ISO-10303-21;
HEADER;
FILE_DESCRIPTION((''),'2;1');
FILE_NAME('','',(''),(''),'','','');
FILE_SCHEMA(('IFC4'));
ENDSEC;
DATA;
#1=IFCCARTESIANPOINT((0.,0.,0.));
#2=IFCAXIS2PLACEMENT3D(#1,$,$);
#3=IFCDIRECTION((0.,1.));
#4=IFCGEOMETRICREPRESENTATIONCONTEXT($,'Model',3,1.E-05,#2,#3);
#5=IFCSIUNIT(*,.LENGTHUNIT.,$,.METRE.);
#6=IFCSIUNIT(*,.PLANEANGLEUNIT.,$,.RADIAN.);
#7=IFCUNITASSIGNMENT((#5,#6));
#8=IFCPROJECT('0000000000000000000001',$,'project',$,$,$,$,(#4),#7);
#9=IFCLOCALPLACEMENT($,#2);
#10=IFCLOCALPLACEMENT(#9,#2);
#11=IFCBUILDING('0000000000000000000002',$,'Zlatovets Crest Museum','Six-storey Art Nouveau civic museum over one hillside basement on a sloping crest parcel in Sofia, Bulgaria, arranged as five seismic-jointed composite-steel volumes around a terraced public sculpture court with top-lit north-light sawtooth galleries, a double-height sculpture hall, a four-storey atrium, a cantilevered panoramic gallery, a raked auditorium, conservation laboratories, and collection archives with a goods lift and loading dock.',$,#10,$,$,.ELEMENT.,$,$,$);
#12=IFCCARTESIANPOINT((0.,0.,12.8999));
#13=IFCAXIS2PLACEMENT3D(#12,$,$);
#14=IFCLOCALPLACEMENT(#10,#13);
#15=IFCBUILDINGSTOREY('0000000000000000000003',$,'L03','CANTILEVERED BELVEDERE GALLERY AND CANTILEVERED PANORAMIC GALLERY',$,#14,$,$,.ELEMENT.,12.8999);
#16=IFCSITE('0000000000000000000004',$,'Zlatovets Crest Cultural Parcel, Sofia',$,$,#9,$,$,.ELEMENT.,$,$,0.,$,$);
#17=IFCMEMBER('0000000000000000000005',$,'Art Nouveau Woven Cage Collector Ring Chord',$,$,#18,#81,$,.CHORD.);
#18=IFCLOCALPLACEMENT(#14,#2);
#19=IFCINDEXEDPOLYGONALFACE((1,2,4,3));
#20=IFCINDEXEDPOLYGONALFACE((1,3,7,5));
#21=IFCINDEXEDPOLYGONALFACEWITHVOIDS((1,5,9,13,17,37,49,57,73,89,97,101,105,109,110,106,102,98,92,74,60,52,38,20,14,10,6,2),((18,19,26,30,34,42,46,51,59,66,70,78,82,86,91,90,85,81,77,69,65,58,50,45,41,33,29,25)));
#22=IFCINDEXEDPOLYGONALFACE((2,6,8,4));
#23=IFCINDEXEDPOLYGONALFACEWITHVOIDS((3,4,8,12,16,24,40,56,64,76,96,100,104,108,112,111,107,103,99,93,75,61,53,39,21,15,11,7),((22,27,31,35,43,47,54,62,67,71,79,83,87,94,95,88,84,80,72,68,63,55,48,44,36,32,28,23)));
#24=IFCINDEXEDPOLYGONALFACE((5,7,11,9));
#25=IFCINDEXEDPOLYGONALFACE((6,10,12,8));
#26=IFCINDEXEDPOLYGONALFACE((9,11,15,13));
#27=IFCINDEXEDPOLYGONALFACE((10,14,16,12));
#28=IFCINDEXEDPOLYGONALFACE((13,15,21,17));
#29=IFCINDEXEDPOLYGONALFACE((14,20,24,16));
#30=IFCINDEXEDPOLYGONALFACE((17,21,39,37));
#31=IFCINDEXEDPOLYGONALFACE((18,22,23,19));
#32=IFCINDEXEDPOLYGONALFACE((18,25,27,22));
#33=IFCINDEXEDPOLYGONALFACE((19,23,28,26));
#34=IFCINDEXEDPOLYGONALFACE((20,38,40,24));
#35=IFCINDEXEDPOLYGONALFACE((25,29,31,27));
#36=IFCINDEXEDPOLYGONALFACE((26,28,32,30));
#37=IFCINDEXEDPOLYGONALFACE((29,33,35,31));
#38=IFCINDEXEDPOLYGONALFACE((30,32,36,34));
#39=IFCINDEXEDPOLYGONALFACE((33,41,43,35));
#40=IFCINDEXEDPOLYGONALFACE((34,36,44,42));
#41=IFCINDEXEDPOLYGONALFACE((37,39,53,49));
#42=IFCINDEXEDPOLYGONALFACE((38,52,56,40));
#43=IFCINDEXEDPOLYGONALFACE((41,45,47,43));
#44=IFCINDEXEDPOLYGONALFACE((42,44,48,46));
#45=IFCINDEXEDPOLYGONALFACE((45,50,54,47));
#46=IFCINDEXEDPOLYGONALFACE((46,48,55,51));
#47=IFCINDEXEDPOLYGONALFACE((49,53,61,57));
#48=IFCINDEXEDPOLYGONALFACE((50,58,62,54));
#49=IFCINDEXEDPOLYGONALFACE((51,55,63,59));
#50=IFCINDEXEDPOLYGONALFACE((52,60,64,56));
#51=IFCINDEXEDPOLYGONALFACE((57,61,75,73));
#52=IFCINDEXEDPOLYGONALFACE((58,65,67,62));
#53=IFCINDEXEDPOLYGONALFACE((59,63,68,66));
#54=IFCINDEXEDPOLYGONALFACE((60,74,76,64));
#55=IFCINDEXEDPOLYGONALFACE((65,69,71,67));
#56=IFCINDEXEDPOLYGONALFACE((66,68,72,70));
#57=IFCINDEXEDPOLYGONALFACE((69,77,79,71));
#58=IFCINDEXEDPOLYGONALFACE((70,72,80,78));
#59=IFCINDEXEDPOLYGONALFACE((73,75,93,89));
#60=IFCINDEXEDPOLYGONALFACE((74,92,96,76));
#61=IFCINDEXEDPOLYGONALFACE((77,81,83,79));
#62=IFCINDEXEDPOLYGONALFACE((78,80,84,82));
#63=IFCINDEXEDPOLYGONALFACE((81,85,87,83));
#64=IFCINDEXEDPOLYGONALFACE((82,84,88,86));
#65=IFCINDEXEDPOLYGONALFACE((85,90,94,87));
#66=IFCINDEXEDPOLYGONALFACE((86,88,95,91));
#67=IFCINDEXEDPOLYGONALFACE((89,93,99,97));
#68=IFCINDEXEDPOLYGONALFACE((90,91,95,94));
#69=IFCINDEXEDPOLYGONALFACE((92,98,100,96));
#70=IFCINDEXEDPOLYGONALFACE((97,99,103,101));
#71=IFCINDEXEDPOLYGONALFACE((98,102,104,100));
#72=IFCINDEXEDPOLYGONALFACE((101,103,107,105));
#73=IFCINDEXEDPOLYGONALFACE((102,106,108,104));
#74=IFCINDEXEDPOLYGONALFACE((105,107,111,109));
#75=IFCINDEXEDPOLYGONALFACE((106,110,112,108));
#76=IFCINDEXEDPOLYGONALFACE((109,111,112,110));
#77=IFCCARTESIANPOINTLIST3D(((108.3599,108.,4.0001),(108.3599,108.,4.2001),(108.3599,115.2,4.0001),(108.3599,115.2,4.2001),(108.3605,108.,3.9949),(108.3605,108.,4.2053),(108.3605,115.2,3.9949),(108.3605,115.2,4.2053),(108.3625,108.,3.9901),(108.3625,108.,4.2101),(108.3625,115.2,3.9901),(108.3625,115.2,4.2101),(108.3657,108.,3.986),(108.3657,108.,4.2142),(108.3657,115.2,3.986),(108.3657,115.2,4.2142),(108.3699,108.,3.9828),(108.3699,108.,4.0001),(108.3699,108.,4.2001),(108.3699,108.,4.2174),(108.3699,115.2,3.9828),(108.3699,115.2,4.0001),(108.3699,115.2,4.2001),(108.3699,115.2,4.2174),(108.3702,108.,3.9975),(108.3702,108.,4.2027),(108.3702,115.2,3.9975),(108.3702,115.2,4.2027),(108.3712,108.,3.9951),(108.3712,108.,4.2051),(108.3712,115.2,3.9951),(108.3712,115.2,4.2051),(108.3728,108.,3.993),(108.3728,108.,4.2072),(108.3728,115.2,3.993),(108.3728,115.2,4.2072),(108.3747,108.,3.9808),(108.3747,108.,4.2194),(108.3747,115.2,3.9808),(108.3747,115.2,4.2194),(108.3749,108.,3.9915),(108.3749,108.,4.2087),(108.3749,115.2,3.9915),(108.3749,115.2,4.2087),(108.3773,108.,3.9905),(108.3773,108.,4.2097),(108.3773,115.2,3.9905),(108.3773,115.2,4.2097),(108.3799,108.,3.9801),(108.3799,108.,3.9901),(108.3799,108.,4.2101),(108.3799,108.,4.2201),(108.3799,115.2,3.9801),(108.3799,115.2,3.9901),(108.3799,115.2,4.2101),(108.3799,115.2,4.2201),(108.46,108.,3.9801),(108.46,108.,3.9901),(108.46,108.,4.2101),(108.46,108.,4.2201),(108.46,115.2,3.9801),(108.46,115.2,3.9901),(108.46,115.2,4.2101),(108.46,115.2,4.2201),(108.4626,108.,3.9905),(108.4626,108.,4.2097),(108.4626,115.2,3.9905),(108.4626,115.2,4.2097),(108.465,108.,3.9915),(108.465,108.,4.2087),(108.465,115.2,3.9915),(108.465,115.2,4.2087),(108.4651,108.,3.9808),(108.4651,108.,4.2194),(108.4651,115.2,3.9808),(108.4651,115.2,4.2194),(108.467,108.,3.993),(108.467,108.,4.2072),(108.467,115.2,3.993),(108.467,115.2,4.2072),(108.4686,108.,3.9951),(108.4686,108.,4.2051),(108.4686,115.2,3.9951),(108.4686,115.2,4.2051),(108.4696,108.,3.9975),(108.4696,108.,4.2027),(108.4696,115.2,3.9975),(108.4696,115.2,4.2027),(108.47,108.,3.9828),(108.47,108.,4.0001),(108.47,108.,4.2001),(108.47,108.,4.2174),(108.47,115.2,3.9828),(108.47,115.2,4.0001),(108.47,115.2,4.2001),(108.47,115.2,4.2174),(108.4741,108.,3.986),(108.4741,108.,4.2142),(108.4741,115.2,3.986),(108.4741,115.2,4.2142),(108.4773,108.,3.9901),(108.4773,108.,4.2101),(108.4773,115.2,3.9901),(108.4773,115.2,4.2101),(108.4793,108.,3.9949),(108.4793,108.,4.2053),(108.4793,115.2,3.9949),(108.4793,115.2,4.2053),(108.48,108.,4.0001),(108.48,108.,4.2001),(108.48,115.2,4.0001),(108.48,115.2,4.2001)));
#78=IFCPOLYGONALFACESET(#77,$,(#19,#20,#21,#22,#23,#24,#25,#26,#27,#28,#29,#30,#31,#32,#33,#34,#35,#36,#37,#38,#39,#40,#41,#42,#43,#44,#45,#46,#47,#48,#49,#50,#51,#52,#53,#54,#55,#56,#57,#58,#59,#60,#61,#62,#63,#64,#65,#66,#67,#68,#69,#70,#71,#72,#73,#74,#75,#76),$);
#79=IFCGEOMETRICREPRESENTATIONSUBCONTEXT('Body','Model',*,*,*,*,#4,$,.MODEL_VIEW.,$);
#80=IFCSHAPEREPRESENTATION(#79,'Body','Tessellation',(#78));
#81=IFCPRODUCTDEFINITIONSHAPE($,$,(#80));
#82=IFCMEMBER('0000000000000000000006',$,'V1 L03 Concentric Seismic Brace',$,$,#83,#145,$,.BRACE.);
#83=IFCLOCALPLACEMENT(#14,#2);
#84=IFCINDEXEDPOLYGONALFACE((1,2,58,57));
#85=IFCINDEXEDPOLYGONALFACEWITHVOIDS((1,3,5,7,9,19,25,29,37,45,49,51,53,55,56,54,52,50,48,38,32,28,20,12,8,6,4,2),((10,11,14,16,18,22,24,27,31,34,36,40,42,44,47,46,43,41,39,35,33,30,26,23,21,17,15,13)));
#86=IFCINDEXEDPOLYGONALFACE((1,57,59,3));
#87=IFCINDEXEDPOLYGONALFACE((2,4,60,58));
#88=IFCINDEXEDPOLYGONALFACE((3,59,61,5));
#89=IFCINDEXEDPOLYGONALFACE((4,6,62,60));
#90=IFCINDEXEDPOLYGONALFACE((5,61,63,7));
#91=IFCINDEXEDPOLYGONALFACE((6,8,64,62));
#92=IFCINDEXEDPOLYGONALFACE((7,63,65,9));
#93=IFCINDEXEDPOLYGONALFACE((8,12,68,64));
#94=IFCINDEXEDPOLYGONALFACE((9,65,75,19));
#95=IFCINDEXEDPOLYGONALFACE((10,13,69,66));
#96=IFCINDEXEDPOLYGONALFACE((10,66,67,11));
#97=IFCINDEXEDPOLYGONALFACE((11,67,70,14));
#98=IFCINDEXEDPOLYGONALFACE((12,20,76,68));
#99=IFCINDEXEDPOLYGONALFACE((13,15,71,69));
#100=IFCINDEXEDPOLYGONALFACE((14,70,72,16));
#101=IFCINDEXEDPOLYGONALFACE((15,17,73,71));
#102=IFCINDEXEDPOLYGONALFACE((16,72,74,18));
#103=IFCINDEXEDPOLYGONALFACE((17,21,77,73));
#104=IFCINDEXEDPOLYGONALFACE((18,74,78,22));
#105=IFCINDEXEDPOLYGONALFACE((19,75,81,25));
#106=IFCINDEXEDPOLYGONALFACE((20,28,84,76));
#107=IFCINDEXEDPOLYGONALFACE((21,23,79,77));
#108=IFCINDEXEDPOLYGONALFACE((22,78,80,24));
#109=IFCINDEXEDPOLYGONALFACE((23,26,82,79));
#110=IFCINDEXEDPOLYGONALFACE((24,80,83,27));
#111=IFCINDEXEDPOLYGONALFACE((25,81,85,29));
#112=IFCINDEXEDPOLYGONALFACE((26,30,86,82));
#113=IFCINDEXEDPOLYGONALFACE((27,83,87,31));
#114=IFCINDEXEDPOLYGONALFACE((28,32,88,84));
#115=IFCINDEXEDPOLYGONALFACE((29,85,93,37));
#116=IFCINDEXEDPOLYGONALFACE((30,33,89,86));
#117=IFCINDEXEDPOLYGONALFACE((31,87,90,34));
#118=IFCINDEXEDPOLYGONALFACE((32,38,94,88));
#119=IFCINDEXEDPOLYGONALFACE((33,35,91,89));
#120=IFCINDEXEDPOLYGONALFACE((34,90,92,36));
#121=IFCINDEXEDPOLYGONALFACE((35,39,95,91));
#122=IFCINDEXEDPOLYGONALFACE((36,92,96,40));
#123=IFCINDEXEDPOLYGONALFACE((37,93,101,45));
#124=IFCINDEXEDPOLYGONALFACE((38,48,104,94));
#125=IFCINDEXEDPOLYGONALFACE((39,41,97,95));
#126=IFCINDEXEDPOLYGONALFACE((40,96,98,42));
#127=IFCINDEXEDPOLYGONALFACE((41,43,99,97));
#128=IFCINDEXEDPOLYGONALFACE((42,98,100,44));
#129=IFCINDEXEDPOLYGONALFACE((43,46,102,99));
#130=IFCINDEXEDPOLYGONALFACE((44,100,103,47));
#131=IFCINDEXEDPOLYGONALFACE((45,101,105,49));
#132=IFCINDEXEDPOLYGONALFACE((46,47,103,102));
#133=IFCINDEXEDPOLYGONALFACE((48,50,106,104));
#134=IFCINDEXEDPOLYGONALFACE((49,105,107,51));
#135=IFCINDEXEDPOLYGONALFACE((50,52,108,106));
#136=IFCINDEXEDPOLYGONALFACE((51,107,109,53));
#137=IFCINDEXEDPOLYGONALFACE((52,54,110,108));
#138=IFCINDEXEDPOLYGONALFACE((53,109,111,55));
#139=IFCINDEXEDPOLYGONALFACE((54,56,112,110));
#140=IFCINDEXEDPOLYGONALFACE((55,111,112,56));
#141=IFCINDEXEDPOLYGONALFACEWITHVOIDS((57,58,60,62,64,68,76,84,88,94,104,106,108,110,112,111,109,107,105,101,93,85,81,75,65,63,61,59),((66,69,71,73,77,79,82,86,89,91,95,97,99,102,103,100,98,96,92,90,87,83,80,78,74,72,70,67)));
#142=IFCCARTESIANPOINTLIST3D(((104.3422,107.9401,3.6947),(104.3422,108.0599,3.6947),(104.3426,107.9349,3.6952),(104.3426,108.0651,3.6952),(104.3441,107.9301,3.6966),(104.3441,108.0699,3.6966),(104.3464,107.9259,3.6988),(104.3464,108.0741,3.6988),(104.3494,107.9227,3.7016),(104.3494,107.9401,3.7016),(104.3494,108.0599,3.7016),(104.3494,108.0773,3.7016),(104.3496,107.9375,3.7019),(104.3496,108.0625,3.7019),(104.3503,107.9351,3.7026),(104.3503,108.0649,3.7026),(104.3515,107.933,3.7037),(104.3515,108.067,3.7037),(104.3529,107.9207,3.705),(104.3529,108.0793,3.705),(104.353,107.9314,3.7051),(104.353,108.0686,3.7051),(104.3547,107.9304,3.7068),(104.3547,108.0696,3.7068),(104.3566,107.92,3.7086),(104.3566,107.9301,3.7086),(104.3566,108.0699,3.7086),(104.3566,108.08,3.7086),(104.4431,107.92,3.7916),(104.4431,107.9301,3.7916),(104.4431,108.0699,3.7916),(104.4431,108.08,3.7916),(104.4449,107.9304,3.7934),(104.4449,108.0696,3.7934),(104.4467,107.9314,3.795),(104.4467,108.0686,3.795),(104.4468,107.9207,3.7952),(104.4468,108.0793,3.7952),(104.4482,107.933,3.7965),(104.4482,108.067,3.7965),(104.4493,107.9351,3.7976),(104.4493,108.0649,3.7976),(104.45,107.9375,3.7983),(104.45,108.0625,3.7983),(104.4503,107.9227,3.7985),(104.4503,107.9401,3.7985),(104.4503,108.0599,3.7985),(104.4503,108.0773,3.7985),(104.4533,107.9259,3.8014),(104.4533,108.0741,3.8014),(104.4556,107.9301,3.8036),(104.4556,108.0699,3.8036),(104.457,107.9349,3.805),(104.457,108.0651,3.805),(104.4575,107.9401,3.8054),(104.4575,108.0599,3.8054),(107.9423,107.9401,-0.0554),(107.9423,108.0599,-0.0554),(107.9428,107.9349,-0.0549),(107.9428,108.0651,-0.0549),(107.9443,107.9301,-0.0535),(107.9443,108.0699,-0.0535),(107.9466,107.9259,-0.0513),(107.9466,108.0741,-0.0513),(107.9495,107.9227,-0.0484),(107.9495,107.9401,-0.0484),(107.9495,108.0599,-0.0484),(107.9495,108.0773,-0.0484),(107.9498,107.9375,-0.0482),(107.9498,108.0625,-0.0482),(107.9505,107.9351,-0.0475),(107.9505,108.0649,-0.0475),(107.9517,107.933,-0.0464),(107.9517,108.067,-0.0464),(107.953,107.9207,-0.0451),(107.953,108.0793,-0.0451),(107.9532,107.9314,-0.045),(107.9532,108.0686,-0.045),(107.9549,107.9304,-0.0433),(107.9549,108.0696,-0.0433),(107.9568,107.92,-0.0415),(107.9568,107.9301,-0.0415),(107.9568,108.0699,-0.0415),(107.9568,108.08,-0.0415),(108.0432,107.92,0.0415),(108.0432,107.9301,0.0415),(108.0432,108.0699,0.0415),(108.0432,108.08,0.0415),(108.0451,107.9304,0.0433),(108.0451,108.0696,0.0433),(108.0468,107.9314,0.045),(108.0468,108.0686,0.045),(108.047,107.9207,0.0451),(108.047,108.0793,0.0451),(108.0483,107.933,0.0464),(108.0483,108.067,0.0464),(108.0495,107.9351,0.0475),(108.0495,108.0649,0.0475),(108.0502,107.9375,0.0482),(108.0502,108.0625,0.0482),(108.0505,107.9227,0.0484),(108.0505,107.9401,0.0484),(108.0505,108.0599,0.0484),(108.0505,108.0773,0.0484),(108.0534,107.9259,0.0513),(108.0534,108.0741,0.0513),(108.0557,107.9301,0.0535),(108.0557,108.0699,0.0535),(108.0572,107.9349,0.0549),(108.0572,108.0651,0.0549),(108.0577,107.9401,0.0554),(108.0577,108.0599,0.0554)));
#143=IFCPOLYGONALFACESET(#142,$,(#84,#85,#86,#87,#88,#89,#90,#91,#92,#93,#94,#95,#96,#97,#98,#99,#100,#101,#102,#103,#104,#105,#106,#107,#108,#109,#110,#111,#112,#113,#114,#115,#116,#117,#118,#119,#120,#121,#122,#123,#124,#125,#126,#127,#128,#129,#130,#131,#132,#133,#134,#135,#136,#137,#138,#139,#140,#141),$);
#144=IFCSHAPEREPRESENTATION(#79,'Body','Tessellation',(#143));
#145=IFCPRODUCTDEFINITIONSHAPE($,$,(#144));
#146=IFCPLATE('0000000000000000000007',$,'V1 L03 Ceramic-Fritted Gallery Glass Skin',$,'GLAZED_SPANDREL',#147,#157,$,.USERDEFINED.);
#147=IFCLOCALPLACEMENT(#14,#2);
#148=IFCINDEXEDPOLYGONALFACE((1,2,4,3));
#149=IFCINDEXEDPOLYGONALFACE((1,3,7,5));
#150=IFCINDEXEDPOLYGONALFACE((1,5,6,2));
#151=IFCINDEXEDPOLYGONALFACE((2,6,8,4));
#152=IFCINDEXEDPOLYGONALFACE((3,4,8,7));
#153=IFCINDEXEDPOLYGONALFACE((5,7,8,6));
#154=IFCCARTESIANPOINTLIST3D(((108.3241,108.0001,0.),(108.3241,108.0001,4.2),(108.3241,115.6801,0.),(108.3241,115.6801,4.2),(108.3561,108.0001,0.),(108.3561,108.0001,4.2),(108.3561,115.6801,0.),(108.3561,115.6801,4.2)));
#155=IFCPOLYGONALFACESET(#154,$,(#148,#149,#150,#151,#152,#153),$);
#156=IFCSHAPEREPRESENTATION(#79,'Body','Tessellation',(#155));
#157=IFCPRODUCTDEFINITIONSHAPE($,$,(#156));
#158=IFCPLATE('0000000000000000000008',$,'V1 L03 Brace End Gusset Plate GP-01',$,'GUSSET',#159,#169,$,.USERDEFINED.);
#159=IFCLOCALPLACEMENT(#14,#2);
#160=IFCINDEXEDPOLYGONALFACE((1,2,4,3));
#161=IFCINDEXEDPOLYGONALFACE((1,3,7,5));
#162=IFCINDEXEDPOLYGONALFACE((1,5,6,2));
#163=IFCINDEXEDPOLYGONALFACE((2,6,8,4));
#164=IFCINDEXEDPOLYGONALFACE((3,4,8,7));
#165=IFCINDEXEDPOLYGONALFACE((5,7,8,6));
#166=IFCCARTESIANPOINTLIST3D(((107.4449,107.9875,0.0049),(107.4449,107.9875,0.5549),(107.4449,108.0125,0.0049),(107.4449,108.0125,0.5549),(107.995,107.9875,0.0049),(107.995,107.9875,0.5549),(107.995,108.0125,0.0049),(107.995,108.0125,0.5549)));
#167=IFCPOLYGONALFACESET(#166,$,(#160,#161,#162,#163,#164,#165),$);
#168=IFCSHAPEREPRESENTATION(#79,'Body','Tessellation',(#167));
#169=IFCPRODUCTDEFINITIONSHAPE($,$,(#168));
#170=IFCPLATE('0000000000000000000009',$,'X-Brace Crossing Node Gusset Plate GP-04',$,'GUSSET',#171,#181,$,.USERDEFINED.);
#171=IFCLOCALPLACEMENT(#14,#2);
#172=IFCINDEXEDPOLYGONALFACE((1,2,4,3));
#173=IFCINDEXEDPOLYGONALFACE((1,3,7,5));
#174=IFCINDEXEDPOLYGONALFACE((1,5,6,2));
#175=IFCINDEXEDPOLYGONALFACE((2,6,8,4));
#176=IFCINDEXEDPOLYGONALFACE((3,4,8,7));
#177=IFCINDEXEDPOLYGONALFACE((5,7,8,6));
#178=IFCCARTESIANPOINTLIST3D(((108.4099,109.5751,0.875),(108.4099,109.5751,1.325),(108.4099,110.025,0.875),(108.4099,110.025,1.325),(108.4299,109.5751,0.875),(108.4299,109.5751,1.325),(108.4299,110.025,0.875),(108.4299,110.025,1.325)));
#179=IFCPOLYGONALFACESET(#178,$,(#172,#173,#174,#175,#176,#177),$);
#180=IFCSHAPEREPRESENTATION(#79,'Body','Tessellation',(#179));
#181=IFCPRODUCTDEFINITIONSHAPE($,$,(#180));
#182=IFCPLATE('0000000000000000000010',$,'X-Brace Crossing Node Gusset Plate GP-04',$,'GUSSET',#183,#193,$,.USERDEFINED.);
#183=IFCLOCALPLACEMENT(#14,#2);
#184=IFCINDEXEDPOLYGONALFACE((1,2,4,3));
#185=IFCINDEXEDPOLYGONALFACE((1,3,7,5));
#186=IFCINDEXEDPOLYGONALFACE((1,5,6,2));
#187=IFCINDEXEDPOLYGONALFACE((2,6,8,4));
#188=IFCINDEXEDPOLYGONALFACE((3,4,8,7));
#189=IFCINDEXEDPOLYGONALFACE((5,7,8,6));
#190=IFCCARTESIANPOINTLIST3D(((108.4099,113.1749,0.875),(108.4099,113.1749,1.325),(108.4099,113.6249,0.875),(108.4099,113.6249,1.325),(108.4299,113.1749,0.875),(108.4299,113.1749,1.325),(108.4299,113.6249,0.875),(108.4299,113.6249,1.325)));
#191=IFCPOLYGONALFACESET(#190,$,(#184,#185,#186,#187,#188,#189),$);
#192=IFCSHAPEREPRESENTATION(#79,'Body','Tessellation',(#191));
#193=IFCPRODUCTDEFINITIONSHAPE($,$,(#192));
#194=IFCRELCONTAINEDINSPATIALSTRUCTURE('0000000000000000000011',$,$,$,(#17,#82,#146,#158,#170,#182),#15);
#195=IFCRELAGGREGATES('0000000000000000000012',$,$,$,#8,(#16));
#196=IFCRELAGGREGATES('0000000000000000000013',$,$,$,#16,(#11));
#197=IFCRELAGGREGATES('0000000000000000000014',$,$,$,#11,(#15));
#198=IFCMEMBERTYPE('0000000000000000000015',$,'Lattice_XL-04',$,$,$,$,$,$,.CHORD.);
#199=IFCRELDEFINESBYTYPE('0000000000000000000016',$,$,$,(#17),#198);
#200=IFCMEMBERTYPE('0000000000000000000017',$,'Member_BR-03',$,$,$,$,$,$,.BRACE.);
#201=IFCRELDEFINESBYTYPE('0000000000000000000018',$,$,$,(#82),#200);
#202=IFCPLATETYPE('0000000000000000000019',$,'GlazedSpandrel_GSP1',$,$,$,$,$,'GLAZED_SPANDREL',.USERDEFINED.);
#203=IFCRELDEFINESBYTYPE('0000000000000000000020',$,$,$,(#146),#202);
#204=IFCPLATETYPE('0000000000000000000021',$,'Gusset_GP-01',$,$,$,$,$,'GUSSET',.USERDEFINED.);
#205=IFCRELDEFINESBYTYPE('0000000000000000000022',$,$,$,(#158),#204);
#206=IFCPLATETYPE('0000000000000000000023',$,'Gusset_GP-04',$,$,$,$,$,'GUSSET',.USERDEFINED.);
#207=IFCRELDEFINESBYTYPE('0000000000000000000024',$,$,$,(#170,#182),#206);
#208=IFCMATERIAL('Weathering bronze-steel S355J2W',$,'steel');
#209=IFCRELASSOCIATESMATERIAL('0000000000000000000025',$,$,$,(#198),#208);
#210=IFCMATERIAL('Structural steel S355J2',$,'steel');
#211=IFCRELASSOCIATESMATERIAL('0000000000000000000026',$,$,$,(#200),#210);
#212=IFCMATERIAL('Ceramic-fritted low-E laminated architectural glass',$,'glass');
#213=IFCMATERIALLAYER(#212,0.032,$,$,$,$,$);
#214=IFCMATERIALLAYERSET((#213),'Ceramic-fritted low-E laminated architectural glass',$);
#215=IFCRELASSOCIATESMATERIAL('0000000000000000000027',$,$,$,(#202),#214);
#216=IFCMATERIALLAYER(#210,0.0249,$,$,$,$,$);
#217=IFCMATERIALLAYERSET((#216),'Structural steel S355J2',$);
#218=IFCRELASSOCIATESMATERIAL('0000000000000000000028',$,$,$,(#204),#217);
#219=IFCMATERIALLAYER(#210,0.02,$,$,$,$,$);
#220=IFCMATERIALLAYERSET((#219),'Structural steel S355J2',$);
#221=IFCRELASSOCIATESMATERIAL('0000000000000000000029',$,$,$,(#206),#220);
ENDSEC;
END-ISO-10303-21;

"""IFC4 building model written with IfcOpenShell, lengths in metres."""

from ifc_helpers import new_model, si_unit, direction, frame, origin, origin_2d, place, context, subcontext, project, spatial, rectangle, hollow_rectangle, extrude, material, layer, layer_set, material_profile, profile_set, type_object, element, save


model = new_model("IFC4")

# Units and contexts
model_context = context("Model", 3, precision=1e-05, world=origin(), true_north=direction((0.0, 1.0)))
body_context = subcontext(model_context, "Body", "Model", "MODEL_VIEW")
ifc_project = project(units=[si_unit("LENGTHUNIT", "METRE"), si_unit("PLANEANGLEUNIT", "RADIAN")], contexts=[model_context])

# Site, building, storey
site_placement = place(None, origin())
site = spatial("IfcSite", under=ifc_project, at=site_placement, Name="Zlatovets Crest Cultural Parcel, Sofia", CompositionType="ELEMENT", RefElevation=0.0)
building_placement = place(site_placement, origin())
building = spatial("IfcBuilding", under=site, at=building_placement, Name="Zlatovets Crest Museum", Description="Six-storey Art Nouveau civic museum over one hillside basement on a sloping crest parcel in Sofia, Bulgaria, arranged as five seismic-jointed composite-steel volumes around a terraced public sculpture court with top-lit north-light sawtooth galleries, a double-height sculpture hall, a four-storey atrium, a cantilevered panoramic gallery, a raked auditorium, conservation laboratories, and collection archives with a goods lift and loading dock.", CompositionType="ELEMENT")
storey_placement = place(building_placement, frame((0.0, 0.0, 12.8999)))
storey = spatial("IfcBuildingStorey", under=building, at=storey_placement, Name="L03", Description="CANTILEVERED BELVEDERE GALLERY AND CANTILEVERED PANORAMIC GALLERY", CompositionType="ELEMENT", Elevation=12.8999)

# Shared definitions
ifc_material_1 = material(Name="Structural steel S355J2", Category="steel")

# Members
ifc_material_2 = material(Name="Weathering bronze-steel S355J2W", Category="steel")
ifc_material_profile_1 = material_profile(ifc_material_2, hollow_rectangle(XDim=0.1201, YDim=0.24, WallThickness=0.01, InnerFilletRadius=0.01, OuterFilletRadius=0.02, at=origin_2d()), Name="RHS 120x240x10.0")
ifc_profile_set_1 = profile_set([ifc_material_profile_1], Name="Weathering bronze-steel S355J2W")
member_type_1 = type_object("IfcMemberType", Name="Lattice_XL-04", PredefinedType="CHORD", material=ifc_profile_set_1)
member_1_placement = place(storey_placement, frame((108.4199, 108.0, 4.1001), z_axis=(0.0, 1.0, 0.0), x_axis=(-1.0, 0.0, 0.0)))
element("IfcMember", 1, at=member_1_placement, inside=storey, type_object=member_type_1, Name="Art Nouveau Woven Cage Collector Ring Chord", PredefinedType="CHORD", context=body_context, shape_type="SweptSolid", body=[
    extrude(hollow_rectangle(XDim=0.1201, YDim=0.24, WallThickness=0.01, InnerFilletRadius=0.01, OuterFilletRadius=0.02, at=origin_2d()), origin(), (0.0, 0.0, 1.0), 7.2),
])
ifc_material_profile_2 = material_profile(ifc_material_1, hollow_rectangle(XDim=0.1599, YDim=0.1599, WallThickness=0.01, InnerFilletRadius=0.01, OuterFilletRadius=0.02, at=origin_2d()), Name="SHS 160x160x10.0")
ifc_profile_set_2 = profile_set([ifc_material_profile_2], Name="Structural steel S355J2")
member_type_2 = type_object("IfcMemberType", Name="Member_BR-03", PredefinedType="BRACE", material=ifc_profile_set_2)
member_2_placement = place(storey_placement, frame((108.0, 108.0, 0.0), z_axis=(-0.692542, 0.0, 0.721378), x_axis=(0.0, -1.0, 0.0)))
element("IfcMember", 2, at=member_2_placement, inside=storey, type_object=member_type_2, Name="V1 L03 Concentric Seismic Brace", PredefinedType="BRACE", context=body_context, shape_type="SweptSolid", body=[
    extrude(hollow_rectangle(XDim=0.1599, YDim=0.1599, WallThickness=0.01, InnerFilletRadius=0.01, OuterFilletRadius=0.02, at=origin_2d()), origin(), (0.0, 0.0, 1.0), 5.1985),
])

# Plates
ifc_material_3 = material(Name="Ceramic-fritted low-E laminated architectural glass", Category="glass")
ifc_layer_1 = layer(ifc_material_3, 0.032)
ifc_layer_set_1 = layer_set([ifc_layer_1], Name="Ceramic-fritted low-E laminated architectural glass")
plate_type_1 = type_object("IfcPlateType", Name="GlazedSpandrel_GSP1", ElementType="GLAZED_SPANDREL", PredefinedType="USERDEFINED", material=ifc_layer_set_1)
plate_1_placement = place(storey_placement, frame((108.3401, 111.8401, 0.0), z_axis=(0.0, 0.0, 1.0), x_axis=(0.0, 1.0, 0.0)))
element("IfcPlate", 3, at=plate_1_placement, inside=storey, type_object=plate_type_1, Name="V1 L03 Ceramic-Fritted Gallery Glass Skin", ObjectType="GLAZED_SPANDREL", PredefinedType="USERDEFINED", context=body_context, shape_type="SweptSolid", body=[
    extrude(rectangle(XDim=7.6799, YDim=0.032, at=origin_2d()), origin(), (0.0, 0.0, 1.0), 4.2),
])
ifc_layer_2 = layer(ifc_material_1, 0.0249)
ifc_layer_set_2 = layer_set([ifc_layer_2], Name="Structural steel S355J2")
plate_type_2 = type_object("IfcPlateType", Name="Gusset_GP-01", ElementType="GUSSET", PredefinedType="USERDEFINED", material=ifc_layer_set_2)
plate_2_placement = place(storey_placement, frame((107.72, 108.0, 0.0049), z_axis=(0.0, 0.0, 1.0), x_axis=(1.0, 0.0, 0.0)))
element("IfcPlate", 4, at=plate_2_placement, inside=storey, type_object=plate_type_2, Name="V1 L03 Brace End Gusset Plate GP-01", ObjectType="GUSSET", PredefinedType="USERDEFINED", context=body_context, shape_type="SweptSolid", body=[
    extrude(rectangle(XDim=0.55, YDim=0.0249, at=origin_2d()), origin(), (0.0, 0.0, 1.0), 0.55),
])
ifc_layer_3 = layer(ifc_material_1, 0.02)
ifc_layer_set_3 = layer_set([ifc_layer_3], Name="Structural steel S355J2")
plate_type_3 = type_object("IfcPlateType", Name="Gusset_GP-04", ElementType="GUSSET", PredefinedType="USERDEFINED", material=ifc_layer_set_3)
for number, where, z_axis, x_axis, name in (
    (5, (108.4199, 109.8, 0.875), (0.0, 0.0, 1.0), (1.0, 0.0, 0.0), "X-Brace Crossing Node Gusset Plate GP-04"),
    (6, (108.4199, 113.3999, 0.875), (0.0, 0.0, 1.0), (1.0, 0.0, 0.0), "X-Brace Crossing Node Gusset Plate GP-04"),
):
    element("IfcPlate", number, at=place(storey_placement, frame(where, z_axis=z_axis, x_axis=x_axis)), inside=storey, type_object=plate_type_3, Name=name, ObjectType="GUSSET", PredefinedType="USERDEFINED", context=body_context, shape_type="SweptSolid", body=[
        extrude(rectangle(XDim=0.02, YDim=0.45, at=origin_2d()), origin(), (0.0, 0.0, 1.0), 0.45),
    ])

save(model, "model.ifc")
